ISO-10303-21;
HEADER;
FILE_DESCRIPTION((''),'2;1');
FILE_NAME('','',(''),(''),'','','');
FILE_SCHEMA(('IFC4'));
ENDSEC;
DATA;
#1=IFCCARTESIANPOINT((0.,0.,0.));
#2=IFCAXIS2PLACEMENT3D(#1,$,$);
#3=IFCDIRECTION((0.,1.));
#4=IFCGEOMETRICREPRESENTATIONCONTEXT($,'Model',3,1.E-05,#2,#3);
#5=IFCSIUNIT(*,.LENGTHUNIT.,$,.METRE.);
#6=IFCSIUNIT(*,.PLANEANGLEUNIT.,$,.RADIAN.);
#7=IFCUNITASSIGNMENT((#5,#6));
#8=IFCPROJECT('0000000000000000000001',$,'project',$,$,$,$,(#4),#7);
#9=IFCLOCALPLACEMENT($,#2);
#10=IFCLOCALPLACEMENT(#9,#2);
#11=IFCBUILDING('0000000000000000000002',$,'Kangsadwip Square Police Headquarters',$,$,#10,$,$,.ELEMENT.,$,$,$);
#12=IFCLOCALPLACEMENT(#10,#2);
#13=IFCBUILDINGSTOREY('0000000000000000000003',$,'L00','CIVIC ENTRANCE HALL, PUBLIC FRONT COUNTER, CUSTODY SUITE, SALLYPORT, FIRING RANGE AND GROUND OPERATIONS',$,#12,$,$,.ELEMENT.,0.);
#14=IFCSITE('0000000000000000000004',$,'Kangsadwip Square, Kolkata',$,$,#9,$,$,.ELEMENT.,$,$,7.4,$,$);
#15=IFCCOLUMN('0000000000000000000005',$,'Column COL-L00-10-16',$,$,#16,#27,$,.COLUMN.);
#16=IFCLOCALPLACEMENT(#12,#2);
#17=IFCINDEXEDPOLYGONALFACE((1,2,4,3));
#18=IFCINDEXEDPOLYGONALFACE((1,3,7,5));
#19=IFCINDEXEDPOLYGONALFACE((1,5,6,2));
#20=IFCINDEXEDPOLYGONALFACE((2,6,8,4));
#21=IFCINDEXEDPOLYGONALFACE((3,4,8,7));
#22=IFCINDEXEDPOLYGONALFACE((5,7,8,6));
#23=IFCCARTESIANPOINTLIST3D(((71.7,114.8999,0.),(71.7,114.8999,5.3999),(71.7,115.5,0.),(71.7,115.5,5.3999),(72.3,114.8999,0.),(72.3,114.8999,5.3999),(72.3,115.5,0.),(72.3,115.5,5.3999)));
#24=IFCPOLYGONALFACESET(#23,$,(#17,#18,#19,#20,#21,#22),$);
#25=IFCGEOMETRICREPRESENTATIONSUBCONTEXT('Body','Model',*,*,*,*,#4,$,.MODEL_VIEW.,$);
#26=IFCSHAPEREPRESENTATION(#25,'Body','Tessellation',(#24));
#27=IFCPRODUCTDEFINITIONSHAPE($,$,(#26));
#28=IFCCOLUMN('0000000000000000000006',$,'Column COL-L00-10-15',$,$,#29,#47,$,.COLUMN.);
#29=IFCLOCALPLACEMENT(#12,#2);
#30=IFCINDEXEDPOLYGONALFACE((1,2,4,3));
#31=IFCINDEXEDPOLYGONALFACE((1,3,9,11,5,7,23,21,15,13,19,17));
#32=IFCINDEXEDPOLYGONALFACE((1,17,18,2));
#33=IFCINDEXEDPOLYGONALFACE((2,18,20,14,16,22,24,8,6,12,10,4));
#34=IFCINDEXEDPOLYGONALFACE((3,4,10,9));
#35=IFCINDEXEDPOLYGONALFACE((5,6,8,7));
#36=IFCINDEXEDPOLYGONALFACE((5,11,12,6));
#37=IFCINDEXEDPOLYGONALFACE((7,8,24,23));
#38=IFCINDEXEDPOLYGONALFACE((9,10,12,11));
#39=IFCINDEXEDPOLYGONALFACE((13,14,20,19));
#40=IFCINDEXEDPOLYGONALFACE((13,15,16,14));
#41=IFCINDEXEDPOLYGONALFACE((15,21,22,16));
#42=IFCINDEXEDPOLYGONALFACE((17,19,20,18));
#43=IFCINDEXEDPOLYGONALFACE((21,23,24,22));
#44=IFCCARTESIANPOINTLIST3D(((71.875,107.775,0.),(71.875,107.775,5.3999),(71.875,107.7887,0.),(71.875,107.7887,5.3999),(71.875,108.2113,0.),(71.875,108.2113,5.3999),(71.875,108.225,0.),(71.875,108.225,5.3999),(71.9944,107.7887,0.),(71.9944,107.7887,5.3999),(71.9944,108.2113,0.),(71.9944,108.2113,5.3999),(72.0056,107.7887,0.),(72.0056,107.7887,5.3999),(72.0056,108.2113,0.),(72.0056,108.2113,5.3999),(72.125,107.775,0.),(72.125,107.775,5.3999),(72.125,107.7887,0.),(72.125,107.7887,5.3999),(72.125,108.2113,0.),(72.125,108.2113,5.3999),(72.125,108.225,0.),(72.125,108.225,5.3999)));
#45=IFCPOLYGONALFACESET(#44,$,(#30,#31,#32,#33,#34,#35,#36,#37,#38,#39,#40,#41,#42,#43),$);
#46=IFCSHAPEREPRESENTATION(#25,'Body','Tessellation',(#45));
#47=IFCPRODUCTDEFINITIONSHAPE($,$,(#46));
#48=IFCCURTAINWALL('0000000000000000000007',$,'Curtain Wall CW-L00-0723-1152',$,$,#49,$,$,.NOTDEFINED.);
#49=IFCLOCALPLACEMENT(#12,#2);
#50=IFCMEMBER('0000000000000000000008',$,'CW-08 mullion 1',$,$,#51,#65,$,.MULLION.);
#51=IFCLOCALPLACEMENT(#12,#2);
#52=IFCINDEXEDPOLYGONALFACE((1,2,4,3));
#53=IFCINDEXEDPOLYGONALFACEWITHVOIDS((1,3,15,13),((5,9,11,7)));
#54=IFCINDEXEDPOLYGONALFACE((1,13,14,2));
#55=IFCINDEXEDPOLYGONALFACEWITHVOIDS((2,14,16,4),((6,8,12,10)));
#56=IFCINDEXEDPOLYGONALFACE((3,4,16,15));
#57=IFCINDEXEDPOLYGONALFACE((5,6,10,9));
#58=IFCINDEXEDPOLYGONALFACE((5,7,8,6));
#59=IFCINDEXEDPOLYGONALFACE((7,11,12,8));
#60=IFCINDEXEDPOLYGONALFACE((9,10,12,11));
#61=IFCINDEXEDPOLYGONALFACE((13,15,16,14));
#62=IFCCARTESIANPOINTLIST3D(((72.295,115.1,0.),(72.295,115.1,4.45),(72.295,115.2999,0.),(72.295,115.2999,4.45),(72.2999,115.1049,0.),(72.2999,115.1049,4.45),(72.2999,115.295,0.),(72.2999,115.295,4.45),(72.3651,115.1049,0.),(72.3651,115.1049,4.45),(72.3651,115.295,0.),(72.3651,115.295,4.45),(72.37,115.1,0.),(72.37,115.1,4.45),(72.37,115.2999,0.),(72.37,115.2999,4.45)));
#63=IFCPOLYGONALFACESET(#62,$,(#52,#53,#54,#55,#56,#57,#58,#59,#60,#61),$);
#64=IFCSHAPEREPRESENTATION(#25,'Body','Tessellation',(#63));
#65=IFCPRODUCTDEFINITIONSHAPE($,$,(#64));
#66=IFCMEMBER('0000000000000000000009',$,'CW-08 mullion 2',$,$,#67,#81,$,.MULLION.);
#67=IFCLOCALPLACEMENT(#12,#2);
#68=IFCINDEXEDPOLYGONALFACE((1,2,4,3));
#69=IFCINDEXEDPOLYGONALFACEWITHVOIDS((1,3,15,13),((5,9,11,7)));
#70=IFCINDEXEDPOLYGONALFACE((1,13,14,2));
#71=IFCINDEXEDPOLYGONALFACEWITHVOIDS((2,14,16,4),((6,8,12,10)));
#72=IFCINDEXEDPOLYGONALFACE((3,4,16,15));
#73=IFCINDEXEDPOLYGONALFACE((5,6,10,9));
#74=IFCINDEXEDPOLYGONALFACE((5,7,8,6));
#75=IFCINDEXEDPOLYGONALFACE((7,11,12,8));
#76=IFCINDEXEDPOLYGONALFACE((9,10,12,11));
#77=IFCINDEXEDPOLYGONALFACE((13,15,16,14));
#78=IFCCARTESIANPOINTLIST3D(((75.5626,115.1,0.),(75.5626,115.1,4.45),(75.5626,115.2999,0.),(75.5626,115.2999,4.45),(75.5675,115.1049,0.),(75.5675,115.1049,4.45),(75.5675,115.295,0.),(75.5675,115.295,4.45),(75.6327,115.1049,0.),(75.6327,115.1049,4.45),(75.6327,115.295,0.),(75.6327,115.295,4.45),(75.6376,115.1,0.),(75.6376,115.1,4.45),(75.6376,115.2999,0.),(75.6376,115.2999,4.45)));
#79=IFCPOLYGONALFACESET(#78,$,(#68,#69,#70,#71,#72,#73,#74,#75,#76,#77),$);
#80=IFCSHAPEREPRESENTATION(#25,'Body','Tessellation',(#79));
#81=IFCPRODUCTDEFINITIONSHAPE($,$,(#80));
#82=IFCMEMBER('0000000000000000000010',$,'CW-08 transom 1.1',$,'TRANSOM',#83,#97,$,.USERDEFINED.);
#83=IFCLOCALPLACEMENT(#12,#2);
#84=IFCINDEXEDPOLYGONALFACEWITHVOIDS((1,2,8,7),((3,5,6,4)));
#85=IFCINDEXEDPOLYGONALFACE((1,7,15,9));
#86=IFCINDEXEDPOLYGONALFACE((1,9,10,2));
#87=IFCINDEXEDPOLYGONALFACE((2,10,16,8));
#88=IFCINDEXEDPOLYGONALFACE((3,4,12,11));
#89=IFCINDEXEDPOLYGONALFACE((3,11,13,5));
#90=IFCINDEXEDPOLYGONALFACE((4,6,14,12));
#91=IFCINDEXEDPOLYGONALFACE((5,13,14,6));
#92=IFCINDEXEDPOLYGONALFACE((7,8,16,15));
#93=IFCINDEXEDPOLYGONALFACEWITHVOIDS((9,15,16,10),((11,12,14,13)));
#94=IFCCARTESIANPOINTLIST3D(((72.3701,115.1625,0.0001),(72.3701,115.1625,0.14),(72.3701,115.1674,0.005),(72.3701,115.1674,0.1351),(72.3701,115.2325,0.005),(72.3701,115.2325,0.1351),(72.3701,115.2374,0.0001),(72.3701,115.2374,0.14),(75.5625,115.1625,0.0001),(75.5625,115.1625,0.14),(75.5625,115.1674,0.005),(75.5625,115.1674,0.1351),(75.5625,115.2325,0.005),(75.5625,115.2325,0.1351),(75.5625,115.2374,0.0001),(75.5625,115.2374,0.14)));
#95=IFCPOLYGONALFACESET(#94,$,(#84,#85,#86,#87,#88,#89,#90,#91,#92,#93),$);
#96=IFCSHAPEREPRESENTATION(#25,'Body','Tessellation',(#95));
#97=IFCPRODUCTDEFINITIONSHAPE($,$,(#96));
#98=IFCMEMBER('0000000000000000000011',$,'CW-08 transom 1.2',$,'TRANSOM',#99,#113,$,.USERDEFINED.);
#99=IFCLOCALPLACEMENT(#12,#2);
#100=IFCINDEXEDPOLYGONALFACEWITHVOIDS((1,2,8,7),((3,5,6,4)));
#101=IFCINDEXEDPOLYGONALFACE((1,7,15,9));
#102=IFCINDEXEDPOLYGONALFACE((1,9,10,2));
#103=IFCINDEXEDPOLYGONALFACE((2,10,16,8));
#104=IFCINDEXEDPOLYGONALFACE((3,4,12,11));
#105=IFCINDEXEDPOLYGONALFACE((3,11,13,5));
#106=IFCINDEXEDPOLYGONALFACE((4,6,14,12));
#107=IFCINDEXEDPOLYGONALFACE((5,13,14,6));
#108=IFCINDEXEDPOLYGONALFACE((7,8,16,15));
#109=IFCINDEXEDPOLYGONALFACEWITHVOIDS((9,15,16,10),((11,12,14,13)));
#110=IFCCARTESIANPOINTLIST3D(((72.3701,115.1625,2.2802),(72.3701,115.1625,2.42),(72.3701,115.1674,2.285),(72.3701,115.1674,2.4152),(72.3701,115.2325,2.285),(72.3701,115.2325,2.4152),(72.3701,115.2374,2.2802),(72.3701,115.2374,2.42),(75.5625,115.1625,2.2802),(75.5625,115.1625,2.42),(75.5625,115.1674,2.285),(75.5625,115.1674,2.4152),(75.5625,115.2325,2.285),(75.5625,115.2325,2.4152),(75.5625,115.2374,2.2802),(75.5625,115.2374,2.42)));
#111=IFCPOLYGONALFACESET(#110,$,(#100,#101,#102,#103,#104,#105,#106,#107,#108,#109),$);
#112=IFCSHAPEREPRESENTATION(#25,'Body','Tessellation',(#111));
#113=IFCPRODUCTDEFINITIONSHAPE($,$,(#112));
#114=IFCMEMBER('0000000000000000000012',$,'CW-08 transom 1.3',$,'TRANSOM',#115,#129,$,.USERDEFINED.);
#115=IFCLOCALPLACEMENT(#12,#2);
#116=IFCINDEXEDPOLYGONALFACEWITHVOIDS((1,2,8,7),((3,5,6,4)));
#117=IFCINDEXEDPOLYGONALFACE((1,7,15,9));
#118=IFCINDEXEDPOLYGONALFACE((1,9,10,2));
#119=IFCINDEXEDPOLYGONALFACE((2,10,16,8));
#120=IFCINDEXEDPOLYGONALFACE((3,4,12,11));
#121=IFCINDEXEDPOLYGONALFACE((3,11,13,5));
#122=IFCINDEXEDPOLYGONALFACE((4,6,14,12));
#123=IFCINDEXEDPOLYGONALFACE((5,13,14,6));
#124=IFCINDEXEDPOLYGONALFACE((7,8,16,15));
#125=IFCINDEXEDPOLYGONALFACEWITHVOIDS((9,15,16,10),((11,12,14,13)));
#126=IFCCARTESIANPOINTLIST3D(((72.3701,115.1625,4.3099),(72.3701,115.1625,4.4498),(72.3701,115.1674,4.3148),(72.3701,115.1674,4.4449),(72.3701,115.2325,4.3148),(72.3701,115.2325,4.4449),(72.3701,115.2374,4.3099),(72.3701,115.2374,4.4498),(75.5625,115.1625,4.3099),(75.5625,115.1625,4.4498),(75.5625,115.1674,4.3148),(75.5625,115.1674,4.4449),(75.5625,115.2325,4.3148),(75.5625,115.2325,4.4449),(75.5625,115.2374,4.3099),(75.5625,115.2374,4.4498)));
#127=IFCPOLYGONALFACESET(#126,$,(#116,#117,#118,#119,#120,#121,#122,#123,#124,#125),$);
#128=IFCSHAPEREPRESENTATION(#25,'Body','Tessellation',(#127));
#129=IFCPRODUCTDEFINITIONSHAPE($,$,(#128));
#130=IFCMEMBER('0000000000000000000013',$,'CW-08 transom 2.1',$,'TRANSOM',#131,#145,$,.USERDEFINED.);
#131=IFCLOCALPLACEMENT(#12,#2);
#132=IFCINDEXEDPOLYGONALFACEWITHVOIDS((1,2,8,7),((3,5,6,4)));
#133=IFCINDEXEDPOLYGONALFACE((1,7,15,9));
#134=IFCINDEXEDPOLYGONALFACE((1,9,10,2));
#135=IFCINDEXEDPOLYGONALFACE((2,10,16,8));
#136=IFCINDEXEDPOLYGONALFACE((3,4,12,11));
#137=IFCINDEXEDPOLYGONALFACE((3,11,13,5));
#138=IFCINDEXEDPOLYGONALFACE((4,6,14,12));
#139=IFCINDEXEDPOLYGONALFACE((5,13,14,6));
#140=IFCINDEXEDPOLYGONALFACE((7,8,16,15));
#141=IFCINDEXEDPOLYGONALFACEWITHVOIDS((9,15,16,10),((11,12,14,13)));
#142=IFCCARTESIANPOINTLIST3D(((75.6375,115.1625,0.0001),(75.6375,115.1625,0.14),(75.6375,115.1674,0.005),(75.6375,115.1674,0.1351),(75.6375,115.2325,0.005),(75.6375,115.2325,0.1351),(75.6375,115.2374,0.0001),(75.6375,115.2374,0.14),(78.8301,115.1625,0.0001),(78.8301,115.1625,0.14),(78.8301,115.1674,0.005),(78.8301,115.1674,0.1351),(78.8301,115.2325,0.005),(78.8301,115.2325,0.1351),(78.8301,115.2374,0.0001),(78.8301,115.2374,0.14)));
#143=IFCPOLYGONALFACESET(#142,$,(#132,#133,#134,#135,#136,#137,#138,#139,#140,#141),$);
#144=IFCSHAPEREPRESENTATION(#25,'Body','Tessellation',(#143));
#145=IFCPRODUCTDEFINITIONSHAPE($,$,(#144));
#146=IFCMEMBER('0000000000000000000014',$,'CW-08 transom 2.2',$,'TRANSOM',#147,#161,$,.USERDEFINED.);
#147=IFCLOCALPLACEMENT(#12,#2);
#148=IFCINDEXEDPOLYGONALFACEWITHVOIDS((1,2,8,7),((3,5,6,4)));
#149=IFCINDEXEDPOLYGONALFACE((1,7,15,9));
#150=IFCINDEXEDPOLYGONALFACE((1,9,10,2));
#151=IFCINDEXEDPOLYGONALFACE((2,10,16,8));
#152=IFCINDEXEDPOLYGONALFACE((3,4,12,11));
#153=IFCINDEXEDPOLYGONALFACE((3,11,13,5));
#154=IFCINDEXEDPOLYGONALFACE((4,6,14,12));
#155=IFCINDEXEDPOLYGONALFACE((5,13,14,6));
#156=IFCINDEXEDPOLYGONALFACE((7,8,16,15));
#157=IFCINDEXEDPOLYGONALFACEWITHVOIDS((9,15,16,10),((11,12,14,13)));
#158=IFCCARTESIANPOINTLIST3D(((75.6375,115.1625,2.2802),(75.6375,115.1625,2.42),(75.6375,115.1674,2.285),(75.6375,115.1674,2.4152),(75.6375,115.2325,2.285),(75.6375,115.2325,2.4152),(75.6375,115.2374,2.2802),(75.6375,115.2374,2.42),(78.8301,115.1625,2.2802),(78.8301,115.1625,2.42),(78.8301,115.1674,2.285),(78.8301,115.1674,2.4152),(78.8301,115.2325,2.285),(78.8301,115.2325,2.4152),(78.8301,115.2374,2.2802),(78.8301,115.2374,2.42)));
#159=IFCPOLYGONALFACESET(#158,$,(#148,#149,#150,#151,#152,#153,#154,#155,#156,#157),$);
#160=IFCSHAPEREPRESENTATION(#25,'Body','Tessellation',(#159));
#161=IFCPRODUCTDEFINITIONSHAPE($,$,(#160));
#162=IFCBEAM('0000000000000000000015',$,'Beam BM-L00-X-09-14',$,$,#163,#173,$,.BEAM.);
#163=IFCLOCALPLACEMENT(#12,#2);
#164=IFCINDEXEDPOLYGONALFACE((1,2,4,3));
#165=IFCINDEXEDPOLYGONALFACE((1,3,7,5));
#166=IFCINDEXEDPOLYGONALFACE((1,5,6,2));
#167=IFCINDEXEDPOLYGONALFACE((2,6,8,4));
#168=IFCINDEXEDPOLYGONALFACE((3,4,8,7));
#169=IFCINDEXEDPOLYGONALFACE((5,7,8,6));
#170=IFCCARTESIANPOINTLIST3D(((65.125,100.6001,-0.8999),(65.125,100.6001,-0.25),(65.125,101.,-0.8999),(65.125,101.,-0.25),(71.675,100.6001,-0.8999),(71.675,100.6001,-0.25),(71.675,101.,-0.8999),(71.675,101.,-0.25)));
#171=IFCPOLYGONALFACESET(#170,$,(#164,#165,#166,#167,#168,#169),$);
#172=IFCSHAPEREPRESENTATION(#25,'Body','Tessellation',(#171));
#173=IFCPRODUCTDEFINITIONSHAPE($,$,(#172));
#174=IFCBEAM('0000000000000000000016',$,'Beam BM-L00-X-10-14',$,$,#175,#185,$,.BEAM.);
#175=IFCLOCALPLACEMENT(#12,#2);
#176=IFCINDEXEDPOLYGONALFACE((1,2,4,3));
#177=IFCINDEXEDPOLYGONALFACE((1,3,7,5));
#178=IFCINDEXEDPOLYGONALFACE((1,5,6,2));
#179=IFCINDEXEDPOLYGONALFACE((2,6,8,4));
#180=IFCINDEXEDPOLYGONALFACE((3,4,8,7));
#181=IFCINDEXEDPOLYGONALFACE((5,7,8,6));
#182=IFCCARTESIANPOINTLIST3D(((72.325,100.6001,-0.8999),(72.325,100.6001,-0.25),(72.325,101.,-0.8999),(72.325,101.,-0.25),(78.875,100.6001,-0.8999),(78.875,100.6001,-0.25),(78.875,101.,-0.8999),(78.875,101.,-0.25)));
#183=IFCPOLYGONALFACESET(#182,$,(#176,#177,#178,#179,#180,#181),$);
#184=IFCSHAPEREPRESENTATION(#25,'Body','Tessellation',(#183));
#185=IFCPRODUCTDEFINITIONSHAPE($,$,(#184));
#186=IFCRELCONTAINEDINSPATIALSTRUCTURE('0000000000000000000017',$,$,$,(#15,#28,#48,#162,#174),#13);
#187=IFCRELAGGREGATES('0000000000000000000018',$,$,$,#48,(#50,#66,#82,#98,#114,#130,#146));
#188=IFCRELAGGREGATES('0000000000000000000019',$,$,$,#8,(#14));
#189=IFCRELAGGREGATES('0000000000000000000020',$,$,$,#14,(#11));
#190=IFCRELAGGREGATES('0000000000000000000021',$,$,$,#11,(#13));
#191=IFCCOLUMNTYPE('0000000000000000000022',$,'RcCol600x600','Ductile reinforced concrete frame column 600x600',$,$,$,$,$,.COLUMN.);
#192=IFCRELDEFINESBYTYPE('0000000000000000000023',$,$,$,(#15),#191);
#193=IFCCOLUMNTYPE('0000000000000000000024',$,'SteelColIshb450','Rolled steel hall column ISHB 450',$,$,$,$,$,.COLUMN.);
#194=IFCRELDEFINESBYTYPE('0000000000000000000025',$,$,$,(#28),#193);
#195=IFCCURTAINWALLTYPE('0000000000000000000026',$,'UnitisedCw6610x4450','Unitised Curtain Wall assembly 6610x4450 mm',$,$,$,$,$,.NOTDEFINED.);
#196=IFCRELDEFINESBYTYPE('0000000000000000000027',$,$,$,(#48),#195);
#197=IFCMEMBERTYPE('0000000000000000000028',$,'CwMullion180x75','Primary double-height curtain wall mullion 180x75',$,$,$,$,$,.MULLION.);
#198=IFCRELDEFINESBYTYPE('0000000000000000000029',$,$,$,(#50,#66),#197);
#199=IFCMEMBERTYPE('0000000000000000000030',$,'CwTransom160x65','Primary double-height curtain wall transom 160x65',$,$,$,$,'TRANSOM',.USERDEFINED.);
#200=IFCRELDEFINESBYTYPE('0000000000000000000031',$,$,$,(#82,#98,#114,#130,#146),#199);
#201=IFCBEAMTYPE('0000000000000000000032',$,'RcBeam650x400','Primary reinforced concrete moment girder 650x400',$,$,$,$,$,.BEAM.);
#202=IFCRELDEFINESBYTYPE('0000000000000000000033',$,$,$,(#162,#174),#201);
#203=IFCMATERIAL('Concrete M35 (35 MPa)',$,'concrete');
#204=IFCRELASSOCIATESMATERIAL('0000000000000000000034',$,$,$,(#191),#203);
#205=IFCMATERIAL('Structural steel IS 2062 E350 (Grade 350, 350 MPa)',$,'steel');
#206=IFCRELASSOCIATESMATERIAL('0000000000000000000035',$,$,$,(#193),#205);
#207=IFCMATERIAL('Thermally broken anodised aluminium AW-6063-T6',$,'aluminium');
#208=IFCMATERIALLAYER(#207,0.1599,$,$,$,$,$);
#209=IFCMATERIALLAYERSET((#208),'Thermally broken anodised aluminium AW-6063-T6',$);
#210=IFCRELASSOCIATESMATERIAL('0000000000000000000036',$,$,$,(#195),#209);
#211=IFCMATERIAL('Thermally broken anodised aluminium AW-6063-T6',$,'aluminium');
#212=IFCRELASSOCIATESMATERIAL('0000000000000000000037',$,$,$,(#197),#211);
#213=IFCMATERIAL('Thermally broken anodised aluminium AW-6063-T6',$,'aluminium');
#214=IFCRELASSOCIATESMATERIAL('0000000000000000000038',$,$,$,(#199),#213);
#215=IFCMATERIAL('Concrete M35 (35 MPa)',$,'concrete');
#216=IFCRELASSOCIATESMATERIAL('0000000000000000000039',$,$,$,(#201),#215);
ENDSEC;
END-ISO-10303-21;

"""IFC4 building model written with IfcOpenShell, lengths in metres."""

from ifc_helpers import new_model, si_unit, direction, frame, origin, origin_2d, place, context, subcontext, project, spatial, rectangle, hollow_rectangle, i_section, extrude, material, layer, layer_set, material_profile, profile_set, type_object, element, aggregate, save


model = new_model("IFC4")

# Units and contexts
model_context = context("Model", 3, precision=1e-05, world=origin(), true_north=direction((0.0, 1.0)))
body_context = subcontext(model_context, "Body", "Model", "MODEL_VIEW")
ifc_project = project(units=[si_unit("LENGTHUNIT", "METRE"), si_unit("PLANEANGLEUNIT", "RADIAN")], contexts=[model_context])

# Site, building, storey
site_placement = place(None, origin())
site = spatial("IfcSite", under=ifc_project, at=site_placement, Name="Kangsadwip Square, Kolkata", CompositionType="ELEMENT", RefElevation=7.4)
building_placement = place(site_placement, origin())
building = spatial("IfcBuilding", under=site, at=building_placement, Name="Kangsadwip Square Police Headquarters", CompositionType="ELEMENT")
storey_placement = place(building_placement, origin())
storey = spatial("IfcBuildingStorey", under=building, at=storey_placement, Name="L00", Description="CIVIC ENTRANCE HALL, PUBLIC FRONT COUNTER, CUSTODY SUITE, SALLYPORT, FIRING RANGE AND GROUND OPERATIONS", CompositionType="ELEMENT", Elevation=0.0)

# Columns
ifc_material_1 = material(Name="Concrete M35 (35 MPa)", Category="concrete")
ifc_material_profile_1 = material_profile(ifc_material_1, rectangle(XDim=0.6001, YDim=0.6001, at=origin_2d()), Name="RC COL 600X600")
ifc_profile_set_1 = profile_set([ifc_material_profile_1], Name="Concrete M35 (35 MPa)")
column_type_1 = type_object("IfcColumnType", Name="RcCol600x600", Description="Ductile reinforced concrete frame column 600x600", PredefinedType="COLUMN", material=ifc_profile_set_1)
column_1_placement = place(storey_placement, frame((72.0, 115.2, 0.0), z_axis=(0.0, 0.0, 1.0), x_axis=(1.0, 0.0, 0.0)))
element("IfcColumn", 1, at=column_1_placement, inside=storey, type_object=column_type_1, Name="Column COL-L00-10-16", PredefinedType="COLUMN", context=body_context, shape_type="SweptSolid", body=[
    extrude(rectangle(XDim=0.6001, YDim=0.6001, at=origin_2d()), origin(), (0.0, 0.0, 1.0), 5.3999),
])
ifc_material_2 = material(Name="Structural steel IS 2062 E350 (Grade 350, 350 MPa)", Category="steel")
ifc_material_profile_2 = material_profile(ifc_material_2, i_section(OverallWidth=0.25, OverallDepth=0.45, WebThickness=0.0112, FlangeThickness=0.0137, at=origin_2d()), Name="ISHB 450")
ifc_profile_set_2 = profile_set([ifc_material_profile_2], Name="Structural steel IS 2062 E350 (Grade 350, 350 MPa)")
column_type_2 = type_object("IfcColumnType", Name="SteelColIshb450", Description="Rolled steel hall column ISHB 450", PredefinedType="COLUMN", material=ifc_profile_set_2)
column_2_placement = place(storey_placement, frame((72.0, 108.0, 0.0), z_axis=(0.0, 0.0, 1.0), x_axis=(1.0, 0.0, 0.0)))
element("IfcColumn", 2, at=column_2_placement, inside=storey, type_object=column_type_2, Name="Column COL-L00-10-15", PredefinedType="COLUMN", context=body_context, shape_type="SweptSolid", body=[
    extrude(i_section(OverallWidth=0.25, OverallDepth=0.45, WebThickness=0.0112, FlangeThickness=0.0137, at=origin_2d()), origin(), (0.0, 0.0, 1.0), 5.3999),
])

# Curtain wall, members
ifc_material_3 = material(Name="Thermally broken anodised aluminium AW-6063-T6", Category="aluminium")
ifc_layer_1 = layer(ifc_material_3, 0.1599)
ifc_layer_set_1 = layer_set([ifc_layer_1], Name="Thermally broken anodised aluminium AW-6063-T6")
curtain_wall_type = type_object("IfcCurtainWallType", Name="UnitisedCw6610x4450", Description="Unitised Curtain Wall assembly 6610x4450 mm", PredefinedType="NOTDEFINED", material=ifc_layer_set_1)
curtain_wall_placement = place(storey_placement, origin())
curtain_wall = element("IfcCurtainWall", 3, at=curtain_wall_placement, inside=storey, type_object=curtain_wall_type, Name="Curtain Wall CW-L00-0723-1152", PredefinedType="NOTDEFINED")
ifc_material_4 = material(Name="Thermally broken anodised aluminium AW-6063-T6", Category="aluminium")
ifc_material_profile_3 = material_profile(ifc_material_4, hollow_rectangle(XDim=0.075, YDim=0.2, WallThickness=0.0049, at=origin_2d()), Name="CWM 200X75X5")
ifc_profile_set_3 = profile_set([ifc_material_profile_3], Name="Thermally broken anodised aluminium AW-6063-T6")
member_type_1 = type_object("IfcMemberType", Name="CwMullion180x75", Description="Primary double-height curtain wall mullion 180x75", PredefinedType="MULLION", material=ifc_profile_set_3)
member_1_placement = place(storey_placement, frame((72.3325, 115.2, 0.0), z_axis=(0.0, 0.0, 1.0), x_axis=(1.0, 0.0, 0.0)))
member_1 = element("IfcMember", 4, at=member_1_placement, type_object=member_type_1, Name="CW-08 mullion 1", PredefinedType="MULLION", context=body_context, shape_type="SweptSolid", body=[
    extrude(hollow_rectangle(XDim=0.075, YDim=0.2, WallThickness=0.0049, at=origin_2d()), origin(), (0.0, 0.0, 1.0), 4.45),
])
member_2_placement = place(storey_placement, frame((75.6001, 115.2, 0.0), z_axis=(0.0, 0.0, 1.0), x_axis=(1.0, 0.0, 0.0)))
member_2 = element("IfcMember", 5, at=member_2_placement, type_object=member_type_1, Name="CW-08 mullion 2", PredefinedType="MULLION", context=body_context, shape_type="SweptSolid", body=[
    extrude(hollow_rectangle(XDim=0.075, YDim=0.2, WallThickness=0.0049, at=origin_2d()), origin(), (0.0, 0.0, 1.0), 4.45),
])
ifc_material_5 = material(Name="Thermally broken anodised aluminium AW-6063-T6", Category="aluminium")
ifc_material_profile_4 = material_profile(ifc_material_5, hollow_rectangle(XDim=0.075, YDim=0.1399, WallThickness=0.0049, at=origin_2d()), Name="CWT 140X75X5")
ifc_profile_set_4 = profile_set([ifc_material_profile_4], Name="Thermally broken anodised aluminium AW-6063-T6")
member_type_2 = type_object("IfcMemberType", Name="CwTransom160x65", Description="Primary double-height curtain wall transom 160x65", ElementType="TRANSOM", PredefinedType="USERDEFINED", material=ifc_profile_set_4)
member_3_placement = place(storey_placement, frame((72.3701, 115.2, 0.0701), z_axis=(1.0, 0.0, 0.0), x_axis=(0.0, 1.0, 0.0)))
member_3 = element("IfcMember", 6, at=member_3_placement, type_object=member_type_2, Name="CW-08 transom 1.1", ObjectType="TRANSOM", PredefinedType="USERDEFINED", context=body_context, shape_type="SweptSolid", body=[
    extrude(hollow_rectangle(XDim=0.075, YDim=0.1399, WallThickness=0.0049, at=origin_2d()), origin(), (0.0, 0.0, 1.0), 3.1924),
])
member_4_placement = place(storey_placement, frame((72.3701, 115.2, 2.3501), z_axis=(1.0, 0.0, 0.0), x_axis=(0.0, 1.0, 0.0)))
member_4 = element("IfcMember", 7, at=member_4_placement, type_object=member_type_2, Name="CW-08 transom 1.2", ObjectType="TRANSOM", PredefinedType="USERDEFINED", context=body_context, shape_type="SweptSolid", body=[
    extrude(hollow_rectangle(XDim=0.075, YDim=0.1399, WallThickness=0.0049, at=origin_2d()), origin(), (0.0, 0.0, 1.0), 3.1924),
])
member_5_placement = place(storey_placement, frame((72.3701, 115.2, 4.3799), z_axis=(1.0, 0.0, 0.0), x_axis=(0.0, 1.0, 0.0)))
member_5 = element("IfcMember", 8, at=member_5_placement, type_object=member_type_2, Name="CW-08 transom 1.3", ObjectType="TRANSOM", PredefinedType="USERDEFINED", context=body_context, shape_type="SweptSolid", body=[
    extrude(hollow_rectangle(XDim=0.075, YDim=0.1399, WallThickness=0.0049, at=origin_2d()), origin(), (0.0, 0.0, 1.0), 3.1924),
])
member_6_placement = place(storey_placement, frame((75.6375, 115.2, 0.0701), z_axis=(1.0, 0.0, 0.0), x_axis=(0.0, 1.0, 0.0)))
member_6 = element("IfcMember", 9, at=member_6_placement, type_object=member_type_2, Name="CW-08 transom 2.1", ObjectType="TRANSOM", PredefinedType="USERDEFINED", context=body_context, shape_type="SweptSolid", body=[
    extrude(hollow_rectangle(XDim=0.075, YDim=0.1399, WallThickness=0.0049, at=origin_2d()), origin(), (0.0, 0.0, 1.0), 3.1926),
])
member_7_placement = place(storey_placement, frame((75.6375, 115.2, 2.3501), z_axis=(1.0, 0.0, 0.0), x_axis=(0.0, 1.0, 0.0)))
member_7 = element("IfcMember", 10, at=member_7_placement, type_object=member_type_2, Name="CW-08 transom 2.2", ObjectType="TRANSOM", PredefinedType="USERDEFINED", context=body_context, shape_type="SweptSolid", body=[
    extrude(hollow_rectangle(XDim=0.075, YDim=0.1399, WallThickness=0.0049, at=origin_2d()), origin(), (0.0, 0.0, 1.0), 3.1926),
])

# Beams
ifc_material_6 = material(Name="Concrete M35 (35 MPa)", Category="concrete")
ifc_material_profile_5 = material_profile(ifc_material_6, rectangle(XDim=0.3999, YDim=0.6499, at=origin_2d()), Name="RC BM 650X400")
ifc_profile_set_5 = profile_set([ifc_material_profile_5], Name="Concrete M35 (35 MPa)")
beam_type_1 = type_object("IfcBeamType", Name="RcBeam650x400", Description="Primary reinforced concrete moment girder 650x400", PredefinedType="BEAM", material=ifc_profile_set_5)
for number, where, z_axis, x_axis, name in (
    (11, (65.125, 100.8, -0.575), (1.0, 0.0, 0.0), (0.0, 1.0, 0.0), "Beam BM-L00-X-09-14"),
    (12, (72.325, 100.8, -0.575), (1.0, 0.0, 0.0), (0.0, 1.0, 0.0), "Beam BM-L00-X-10-14"),
):
    element("IfcBeam", number, at=place(storey_placement, frame(where, z_axis=z_axis, x_axis=x_axis)), inside=storey, type_object=beam_type_1, Name=name, PredefinedType="BEAM", context=body_context, shape_type="SweptSolid", body=[
        extrude(rectangle(XDim=0.3999, YDim=0.6499, at=origin_2d()), origin(), (0.0, 0.0, 1.0), 6.55),
    ])

aggregate(curtain_wall, [member_1, member_2, member_3, member_4, member_5, member_6, member_7])

save(model, "model.ifc")
